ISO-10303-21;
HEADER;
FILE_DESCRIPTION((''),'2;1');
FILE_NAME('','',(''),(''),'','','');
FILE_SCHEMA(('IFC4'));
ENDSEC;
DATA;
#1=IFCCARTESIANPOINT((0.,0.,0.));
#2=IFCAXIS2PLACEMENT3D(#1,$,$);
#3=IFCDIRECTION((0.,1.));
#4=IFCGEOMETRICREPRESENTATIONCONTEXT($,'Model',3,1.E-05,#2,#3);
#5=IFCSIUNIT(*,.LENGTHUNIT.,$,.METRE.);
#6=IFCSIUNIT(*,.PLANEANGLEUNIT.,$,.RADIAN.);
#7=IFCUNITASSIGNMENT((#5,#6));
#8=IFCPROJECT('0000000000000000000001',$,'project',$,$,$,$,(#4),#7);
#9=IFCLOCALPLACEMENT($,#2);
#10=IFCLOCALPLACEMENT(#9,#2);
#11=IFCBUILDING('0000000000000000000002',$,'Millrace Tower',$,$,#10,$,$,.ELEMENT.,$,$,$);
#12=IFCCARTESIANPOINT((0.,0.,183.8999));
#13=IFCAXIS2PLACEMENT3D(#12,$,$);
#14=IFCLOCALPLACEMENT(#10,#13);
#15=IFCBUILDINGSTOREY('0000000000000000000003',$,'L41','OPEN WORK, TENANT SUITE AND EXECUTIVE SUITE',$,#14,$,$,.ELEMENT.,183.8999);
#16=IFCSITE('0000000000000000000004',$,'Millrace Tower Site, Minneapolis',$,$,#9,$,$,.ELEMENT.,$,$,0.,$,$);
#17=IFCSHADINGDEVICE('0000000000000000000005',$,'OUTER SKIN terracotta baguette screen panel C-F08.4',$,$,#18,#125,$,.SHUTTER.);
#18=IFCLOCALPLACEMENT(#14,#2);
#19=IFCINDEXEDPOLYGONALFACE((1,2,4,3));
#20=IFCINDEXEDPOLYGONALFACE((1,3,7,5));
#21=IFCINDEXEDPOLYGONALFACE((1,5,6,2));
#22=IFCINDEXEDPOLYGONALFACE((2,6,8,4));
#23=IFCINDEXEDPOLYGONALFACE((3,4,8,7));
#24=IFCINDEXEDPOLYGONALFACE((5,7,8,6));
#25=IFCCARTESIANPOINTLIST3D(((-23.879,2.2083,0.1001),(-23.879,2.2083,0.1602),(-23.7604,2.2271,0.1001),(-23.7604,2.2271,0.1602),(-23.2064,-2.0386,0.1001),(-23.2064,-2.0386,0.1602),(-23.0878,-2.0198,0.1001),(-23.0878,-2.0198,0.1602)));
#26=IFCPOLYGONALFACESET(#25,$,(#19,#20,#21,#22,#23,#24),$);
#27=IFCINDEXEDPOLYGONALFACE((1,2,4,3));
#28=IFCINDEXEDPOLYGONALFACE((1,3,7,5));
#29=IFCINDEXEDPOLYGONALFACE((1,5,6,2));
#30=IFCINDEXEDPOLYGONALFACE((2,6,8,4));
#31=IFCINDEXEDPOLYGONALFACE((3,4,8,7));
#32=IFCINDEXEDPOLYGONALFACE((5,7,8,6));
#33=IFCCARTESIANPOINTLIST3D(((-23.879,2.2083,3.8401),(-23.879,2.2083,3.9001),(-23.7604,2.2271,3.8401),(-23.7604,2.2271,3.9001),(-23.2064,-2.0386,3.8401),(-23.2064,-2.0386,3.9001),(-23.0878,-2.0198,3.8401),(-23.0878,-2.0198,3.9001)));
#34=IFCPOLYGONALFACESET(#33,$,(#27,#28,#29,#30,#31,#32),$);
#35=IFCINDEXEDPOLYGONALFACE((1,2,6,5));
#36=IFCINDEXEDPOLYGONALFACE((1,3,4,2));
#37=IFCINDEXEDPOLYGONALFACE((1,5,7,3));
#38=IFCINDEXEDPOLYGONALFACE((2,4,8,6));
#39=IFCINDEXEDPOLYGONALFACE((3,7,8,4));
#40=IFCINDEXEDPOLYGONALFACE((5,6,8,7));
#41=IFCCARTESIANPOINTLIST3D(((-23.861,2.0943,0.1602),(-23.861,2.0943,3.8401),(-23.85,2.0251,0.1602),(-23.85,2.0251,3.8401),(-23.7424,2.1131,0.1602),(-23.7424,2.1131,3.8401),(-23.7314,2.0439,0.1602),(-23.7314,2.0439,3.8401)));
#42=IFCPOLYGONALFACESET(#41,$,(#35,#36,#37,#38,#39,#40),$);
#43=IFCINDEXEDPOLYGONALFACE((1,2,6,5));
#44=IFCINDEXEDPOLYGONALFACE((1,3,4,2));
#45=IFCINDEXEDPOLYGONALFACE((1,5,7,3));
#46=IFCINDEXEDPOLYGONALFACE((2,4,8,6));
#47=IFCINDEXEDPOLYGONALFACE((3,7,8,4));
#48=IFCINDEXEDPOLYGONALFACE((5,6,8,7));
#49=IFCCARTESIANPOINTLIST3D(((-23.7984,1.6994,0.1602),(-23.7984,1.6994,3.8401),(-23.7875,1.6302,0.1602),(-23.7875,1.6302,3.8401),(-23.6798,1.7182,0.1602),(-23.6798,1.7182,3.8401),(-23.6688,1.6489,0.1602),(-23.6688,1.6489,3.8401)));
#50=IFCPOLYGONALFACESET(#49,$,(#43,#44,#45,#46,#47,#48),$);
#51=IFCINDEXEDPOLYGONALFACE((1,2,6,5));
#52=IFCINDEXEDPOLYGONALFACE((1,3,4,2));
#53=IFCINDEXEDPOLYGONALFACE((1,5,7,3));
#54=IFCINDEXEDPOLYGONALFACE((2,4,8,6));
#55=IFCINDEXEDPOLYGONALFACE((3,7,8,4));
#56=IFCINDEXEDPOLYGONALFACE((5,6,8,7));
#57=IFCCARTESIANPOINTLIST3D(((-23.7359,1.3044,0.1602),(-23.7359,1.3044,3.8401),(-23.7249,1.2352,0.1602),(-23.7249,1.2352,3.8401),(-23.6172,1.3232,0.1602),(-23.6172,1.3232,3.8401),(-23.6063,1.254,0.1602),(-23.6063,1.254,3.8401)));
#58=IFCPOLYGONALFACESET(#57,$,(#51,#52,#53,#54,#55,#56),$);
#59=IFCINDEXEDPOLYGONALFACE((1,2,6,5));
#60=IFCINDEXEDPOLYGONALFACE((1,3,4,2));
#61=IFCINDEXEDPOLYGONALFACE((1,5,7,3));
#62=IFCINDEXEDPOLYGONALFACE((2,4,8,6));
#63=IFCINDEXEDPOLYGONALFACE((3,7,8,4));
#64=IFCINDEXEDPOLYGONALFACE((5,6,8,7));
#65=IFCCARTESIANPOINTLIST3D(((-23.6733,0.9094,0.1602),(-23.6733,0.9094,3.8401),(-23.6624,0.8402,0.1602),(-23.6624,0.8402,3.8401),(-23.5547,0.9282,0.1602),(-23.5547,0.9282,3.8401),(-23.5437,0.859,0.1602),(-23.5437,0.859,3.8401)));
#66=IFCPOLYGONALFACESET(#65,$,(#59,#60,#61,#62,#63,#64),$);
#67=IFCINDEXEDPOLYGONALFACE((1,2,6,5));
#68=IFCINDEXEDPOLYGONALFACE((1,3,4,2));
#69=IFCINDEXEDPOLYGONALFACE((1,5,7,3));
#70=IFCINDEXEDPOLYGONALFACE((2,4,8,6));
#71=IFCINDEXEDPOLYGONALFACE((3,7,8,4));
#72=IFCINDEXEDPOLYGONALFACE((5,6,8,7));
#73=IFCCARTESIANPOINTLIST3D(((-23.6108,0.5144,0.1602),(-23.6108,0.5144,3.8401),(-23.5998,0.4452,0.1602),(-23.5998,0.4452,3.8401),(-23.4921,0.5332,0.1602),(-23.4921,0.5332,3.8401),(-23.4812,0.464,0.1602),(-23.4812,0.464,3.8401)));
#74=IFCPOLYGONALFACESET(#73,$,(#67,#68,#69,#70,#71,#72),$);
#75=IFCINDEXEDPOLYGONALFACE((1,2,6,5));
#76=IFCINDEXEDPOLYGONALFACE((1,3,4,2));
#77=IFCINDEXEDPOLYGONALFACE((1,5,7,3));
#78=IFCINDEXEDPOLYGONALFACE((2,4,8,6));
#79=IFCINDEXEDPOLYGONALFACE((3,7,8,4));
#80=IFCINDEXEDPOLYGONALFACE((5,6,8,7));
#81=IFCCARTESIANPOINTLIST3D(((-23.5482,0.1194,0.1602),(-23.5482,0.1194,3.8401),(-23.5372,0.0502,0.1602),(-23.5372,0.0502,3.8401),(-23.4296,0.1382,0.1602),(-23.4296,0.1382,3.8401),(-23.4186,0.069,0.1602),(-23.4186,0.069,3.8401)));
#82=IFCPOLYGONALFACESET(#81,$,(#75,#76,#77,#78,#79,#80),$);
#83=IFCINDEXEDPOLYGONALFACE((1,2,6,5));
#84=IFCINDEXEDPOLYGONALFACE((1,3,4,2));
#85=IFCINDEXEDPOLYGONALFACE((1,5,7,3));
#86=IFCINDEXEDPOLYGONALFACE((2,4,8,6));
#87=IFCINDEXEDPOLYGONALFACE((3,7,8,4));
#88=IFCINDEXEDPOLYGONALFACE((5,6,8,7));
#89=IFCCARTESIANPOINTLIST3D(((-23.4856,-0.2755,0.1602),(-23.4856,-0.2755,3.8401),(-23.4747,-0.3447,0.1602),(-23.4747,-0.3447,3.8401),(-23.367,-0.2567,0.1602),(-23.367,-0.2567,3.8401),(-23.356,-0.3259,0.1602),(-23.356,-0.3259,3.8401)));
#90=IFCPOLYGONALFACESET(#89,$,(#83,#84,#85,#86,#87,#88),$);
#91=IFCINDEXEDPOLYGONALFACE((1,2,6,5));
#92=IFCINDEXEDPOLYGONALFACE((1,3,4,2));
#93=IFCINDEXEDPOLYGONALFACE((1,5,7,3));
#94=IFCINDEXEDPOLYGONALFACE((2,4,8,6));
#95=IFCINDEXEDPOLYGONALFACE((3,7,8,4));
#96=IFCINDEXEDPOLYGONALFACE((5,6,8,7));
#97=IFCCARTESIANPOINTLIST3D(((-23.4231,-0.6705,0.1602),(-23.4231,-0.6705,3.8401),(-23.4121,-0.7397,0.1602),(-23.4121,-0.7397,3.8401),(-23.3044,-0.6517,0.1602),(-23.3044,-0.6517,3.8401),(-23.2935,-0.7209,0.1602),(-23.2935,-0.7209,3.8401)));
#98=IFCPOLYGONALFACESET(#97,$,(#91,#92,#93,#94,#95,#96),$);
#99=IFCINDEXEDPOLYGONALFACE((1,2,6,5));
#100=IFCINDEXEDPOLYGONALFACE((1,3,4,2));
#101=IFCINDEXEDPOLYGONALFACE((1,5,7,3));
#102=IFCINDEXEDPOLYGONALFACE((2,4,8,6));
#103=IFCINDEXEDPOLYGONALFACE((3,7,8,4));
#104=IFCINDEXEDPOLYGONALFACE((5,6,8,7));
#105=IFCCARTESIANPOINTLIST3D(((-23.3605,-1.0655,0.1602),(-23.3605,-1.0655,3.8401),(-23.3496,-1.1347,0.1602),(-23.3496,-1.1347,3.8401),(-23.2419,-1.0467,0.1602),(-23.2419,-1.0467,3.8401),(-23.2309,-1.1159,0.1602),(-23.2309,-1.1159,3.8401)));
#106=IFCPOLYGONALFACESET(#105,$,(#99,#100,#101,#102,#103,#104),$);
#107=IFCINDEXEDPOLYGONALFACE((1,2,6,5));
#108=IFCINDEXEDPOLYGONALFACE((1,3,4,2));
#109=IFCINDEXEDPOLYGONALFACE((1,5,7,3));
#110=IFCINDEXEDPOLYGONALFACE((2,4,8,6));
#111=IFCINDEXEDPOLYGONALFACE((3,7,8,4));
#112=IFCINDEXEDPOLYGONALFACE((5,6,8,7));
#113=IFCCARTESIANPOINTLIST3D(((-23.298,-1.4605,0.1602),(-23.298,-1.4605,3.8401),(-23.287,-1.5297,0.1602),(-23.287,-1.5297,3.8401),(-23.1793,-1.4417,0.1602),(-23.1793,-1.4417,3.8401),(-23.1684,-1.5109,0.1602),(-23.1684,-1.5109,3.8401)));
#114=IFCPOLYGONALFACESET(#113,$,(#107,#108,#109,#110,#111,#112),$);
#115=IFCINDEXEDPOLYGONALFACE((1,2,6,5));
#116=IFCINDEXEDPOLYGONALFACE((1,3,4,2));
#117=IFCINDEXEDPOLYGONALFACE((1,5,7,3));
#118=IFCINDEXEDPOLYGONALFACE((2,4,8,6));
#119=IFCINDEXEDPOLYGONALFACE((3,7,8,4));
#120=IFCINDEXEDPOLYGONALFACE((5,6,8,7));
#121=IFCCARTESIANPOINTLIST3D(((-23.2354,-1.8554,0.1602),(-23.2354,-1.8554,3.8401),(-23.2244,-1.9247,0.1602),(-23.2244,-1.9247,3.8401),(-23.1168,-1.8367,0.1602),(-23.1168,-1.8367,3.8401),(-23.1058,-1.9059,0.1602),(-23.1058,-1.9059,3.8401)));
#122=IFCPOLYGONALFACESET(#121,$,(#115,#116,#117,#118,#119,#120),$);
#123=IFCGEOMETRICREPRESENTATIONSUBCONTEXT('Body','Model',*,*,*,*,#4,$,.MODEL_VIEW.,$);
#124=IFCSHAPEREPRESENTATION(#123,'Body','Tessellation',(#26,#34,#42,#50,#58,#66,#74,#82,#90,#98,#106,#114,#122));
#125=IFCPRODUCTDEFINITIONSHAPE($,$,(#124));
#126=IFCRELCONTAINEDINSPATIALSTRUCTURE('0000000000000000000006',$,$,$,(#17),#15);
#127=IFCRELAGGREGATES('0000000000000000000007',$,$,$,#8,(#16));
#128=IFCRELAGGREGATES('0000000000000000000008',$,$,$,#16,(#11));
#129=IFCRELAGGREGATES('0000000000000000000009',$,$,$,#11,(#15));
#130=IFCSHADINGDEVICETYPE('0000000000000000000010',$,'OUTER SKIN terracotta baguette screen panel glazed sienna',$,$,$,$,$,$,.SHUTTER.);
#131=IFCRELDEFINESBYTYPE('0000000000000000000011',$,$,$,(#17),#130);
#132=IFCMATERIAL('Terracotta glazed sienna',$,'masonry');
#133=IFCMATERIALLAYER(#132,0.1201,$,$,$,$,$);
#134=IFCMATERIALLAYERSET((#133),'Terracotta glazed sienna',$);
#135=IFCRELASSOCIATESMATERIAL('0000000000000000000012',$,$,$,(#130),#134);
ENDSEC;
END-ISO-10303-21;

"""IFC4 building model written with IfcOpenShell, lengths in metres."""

from ifc_helpers import new_model, entity, si_unit, direction, frame, frame_2d, origin, origin_2d, place, context, subcontext, project, spatial, rectangle, extrude, source, transform, mapped, material, layer, layer_set, type_object, element, save


model = new_model("IFC4")

# Units and contexts
model_context = context("Model", 3, precision=1e-05, world=origin(), true_north=direction((0.0, 1.0)))
body_context = subcontext(model_context, "Body", "Model", "MODEL_VIEW")
ifc_project = project(units=[si_unit("LENGTHUNIT", "METRE"), si_unit("PLANEANGLEUNIT", "RADIAN")], contexts=[model_context])

# Site, building, storey
site_placement = place(None, origin())
site = spatial("IfcSite", under=ifc_project, at=site_placement, Name="Millrace Tower Site, Minneapolis", CompositionType="ELEMENT", RefElevation=0.0)
building_placement = place(site_placement, origin())
building = spatial("IfcBuilding", under=site, at=building_placement, Name="Millrace Tower", CompositionType="ELEMENT")
storey_placement = place(building_placement, frame((0.0, 0.0, 183.8999)))
storey = spatial("IfcBuildingStorey", under=building, at=storey_placement, Name="L41", Description="OPEN WORK, TENANT SUITE AND EXECUTIVE SUITE", CompositionType="ELEMENT", Elevation=183.8999)

# Shading device
ifc_material_1 = material(Name="Terracotta glazed sienna", Category="masonry")
ifc_layer_1 = layer(ifc_material_1, 0.1201)
ifc_layer_set_1 = layer_set([ifc_layer_1], Name="Terracotta glazed sienna")
shading_device_type = type_object("IfcShadingDeviceType", Name="OUTER SKIN terracotta baguette screen panel glazed sienna", PredefinedType="SHUTTER", material=ifc_layer_set_1)
cartesian_point = entity("IfcCartesianPoint", [-2.1499, 0.0601])
shared_polyline = entity("IfcPolyline", [cartesian_point, entity("IfcCartesianPoint", [2.1499, 0.0601]), entity("IfcCartesianPoint", [2.1499, -0.0601]), entity("IfcCartesianPoint", [-2.1499, -0.0601]), cartesian_point])
shared_shape = source(origin(), body_context, "Body", "SweptSolid", [
    entity("IfcExtrudedAreaSolid", entity("IfcArbitraryClosedProfileDef", "AREA", None, shared_polyline), entity("IfcAxis2Placement3D", entity("IfcCartesianPoint", [0.0, 0.0, 0.0])), entity("IfcDirection", [0.0, 0.0, 1.0]), 0.0601),
    entity("IfcExtrudedAreaSolid", entity("IfcArbitraryClosedProfileDef", "AREA", None, shared_polyline), entity("IfcAxis2Placement3D", entity("IfcCartesianPoint", [0.0, 0.0, 3.74])), entity("IfcDirection", [0.0, 0.0, 1.0]), 0.0601),
    extrude(rectangle(XDim=0.0701, YDim=0.1201, at=frame_2d((-1.9995, 0.0))), frame((0.0, 0.0, 0.0601)), (0.0, 0.0, 1.0), 3.6799),
    extrude(rectangle(XDim=0.0701, YDim=0.1201, at=frame_2d((-1.5996, 0.0))), frame((0.0, 0.0, 0.0601)), (0.0, 0.0, 1.0), 3.6799),
    extrude(rectangle(XDim=0.0701, YDim=0.1201, at=frame_2d((-1.1997, 0.0))), frame((0.0, 0.0, 0.0601)), (0.0, 0.0, 1.0), 3.6799),
    extrude(rectangle(XDim=0.0701, YDim=0.1201, at=frame_2d((-0.7998, 0.0))), frame((0.0, 0.0, 0.0601)), (0.0, 0.0, 1.0), 3.6799),
    extrude(rectangle(XDim=0.0701, YDim=0.1201, at=frame_2d((-0.3999, 0.0))), frame((0.0, 0.0, 0.0601)), (0.0, 0.0, 1.0), 3.6799),
    extrude(rectangle(XDim=0.0701, YDim=0.1201, at=origin_2d()), frame((0.0, 0.0, 0.0601)), (0.0, 0.0, 1.0), 3.6799),
    extrude(rectangle(XDim=0.0701, YDim=0.1201, at=frame_2d((0.3999, 0.0))), frame((0.0, 0.0, 0.0601)), (0.0, 0.0, 1.0), 3.6799),
    extrude(rectangle(XDim=0.0701, YDim=0.1201, at=frame_2d((0.7998, 0.0))), frame((0.0, 0.0, 0.0601)), (0.0, 0.0, 1.0), 3.6799),
    extrude(rectangle(XDim=0.0701, YDim=0.1201, at=frame_2d((1.1997, 0.0))), frame((0.0, 0.0, 0.0601)), (0.0, 0.0, 1.0), 3.6799),
    extrude(rectangle(XDim=0.0701, YDim=0.1201, at=frame_2d((1.5996, 0.0))), frame((0.0, 0.0, 0.0601)), (0.0, 0.0, 1.0), 3.6799),
    extrude(rectangle(XDim=0.0701, YDim=0.1201, at=frame_2d((1.9995, 0.0))), frame((0.0, 0.0, 0.0601)), (0.0, 0.0, 1.0), 3.6799),
])
for number, where, z_axis, x_axis, name in (
    (1, (-23.4834, 0.0942, 0.1001), (0.0, 0.0, 1.0), (0.156434, -0.987688, 0.0), "OUTER SKIN terracotta baguette screen panel C-F08.4"),
):
    element("IfcShadingDevice", number, at=place(storey_placement, frame(where, z_axis=z_axis, x_axis=x_axis)), inside=storey, type_object=shading_device_type, Name=name, PredefinedType="SHUTTER", context=body_context, shape_type="MappedRepresentation", body=[
        mapped(shared_shape, transform((0.0, 0.0, 0.0), scale=1.0)),
    ])

save(model, "model.ifc")
